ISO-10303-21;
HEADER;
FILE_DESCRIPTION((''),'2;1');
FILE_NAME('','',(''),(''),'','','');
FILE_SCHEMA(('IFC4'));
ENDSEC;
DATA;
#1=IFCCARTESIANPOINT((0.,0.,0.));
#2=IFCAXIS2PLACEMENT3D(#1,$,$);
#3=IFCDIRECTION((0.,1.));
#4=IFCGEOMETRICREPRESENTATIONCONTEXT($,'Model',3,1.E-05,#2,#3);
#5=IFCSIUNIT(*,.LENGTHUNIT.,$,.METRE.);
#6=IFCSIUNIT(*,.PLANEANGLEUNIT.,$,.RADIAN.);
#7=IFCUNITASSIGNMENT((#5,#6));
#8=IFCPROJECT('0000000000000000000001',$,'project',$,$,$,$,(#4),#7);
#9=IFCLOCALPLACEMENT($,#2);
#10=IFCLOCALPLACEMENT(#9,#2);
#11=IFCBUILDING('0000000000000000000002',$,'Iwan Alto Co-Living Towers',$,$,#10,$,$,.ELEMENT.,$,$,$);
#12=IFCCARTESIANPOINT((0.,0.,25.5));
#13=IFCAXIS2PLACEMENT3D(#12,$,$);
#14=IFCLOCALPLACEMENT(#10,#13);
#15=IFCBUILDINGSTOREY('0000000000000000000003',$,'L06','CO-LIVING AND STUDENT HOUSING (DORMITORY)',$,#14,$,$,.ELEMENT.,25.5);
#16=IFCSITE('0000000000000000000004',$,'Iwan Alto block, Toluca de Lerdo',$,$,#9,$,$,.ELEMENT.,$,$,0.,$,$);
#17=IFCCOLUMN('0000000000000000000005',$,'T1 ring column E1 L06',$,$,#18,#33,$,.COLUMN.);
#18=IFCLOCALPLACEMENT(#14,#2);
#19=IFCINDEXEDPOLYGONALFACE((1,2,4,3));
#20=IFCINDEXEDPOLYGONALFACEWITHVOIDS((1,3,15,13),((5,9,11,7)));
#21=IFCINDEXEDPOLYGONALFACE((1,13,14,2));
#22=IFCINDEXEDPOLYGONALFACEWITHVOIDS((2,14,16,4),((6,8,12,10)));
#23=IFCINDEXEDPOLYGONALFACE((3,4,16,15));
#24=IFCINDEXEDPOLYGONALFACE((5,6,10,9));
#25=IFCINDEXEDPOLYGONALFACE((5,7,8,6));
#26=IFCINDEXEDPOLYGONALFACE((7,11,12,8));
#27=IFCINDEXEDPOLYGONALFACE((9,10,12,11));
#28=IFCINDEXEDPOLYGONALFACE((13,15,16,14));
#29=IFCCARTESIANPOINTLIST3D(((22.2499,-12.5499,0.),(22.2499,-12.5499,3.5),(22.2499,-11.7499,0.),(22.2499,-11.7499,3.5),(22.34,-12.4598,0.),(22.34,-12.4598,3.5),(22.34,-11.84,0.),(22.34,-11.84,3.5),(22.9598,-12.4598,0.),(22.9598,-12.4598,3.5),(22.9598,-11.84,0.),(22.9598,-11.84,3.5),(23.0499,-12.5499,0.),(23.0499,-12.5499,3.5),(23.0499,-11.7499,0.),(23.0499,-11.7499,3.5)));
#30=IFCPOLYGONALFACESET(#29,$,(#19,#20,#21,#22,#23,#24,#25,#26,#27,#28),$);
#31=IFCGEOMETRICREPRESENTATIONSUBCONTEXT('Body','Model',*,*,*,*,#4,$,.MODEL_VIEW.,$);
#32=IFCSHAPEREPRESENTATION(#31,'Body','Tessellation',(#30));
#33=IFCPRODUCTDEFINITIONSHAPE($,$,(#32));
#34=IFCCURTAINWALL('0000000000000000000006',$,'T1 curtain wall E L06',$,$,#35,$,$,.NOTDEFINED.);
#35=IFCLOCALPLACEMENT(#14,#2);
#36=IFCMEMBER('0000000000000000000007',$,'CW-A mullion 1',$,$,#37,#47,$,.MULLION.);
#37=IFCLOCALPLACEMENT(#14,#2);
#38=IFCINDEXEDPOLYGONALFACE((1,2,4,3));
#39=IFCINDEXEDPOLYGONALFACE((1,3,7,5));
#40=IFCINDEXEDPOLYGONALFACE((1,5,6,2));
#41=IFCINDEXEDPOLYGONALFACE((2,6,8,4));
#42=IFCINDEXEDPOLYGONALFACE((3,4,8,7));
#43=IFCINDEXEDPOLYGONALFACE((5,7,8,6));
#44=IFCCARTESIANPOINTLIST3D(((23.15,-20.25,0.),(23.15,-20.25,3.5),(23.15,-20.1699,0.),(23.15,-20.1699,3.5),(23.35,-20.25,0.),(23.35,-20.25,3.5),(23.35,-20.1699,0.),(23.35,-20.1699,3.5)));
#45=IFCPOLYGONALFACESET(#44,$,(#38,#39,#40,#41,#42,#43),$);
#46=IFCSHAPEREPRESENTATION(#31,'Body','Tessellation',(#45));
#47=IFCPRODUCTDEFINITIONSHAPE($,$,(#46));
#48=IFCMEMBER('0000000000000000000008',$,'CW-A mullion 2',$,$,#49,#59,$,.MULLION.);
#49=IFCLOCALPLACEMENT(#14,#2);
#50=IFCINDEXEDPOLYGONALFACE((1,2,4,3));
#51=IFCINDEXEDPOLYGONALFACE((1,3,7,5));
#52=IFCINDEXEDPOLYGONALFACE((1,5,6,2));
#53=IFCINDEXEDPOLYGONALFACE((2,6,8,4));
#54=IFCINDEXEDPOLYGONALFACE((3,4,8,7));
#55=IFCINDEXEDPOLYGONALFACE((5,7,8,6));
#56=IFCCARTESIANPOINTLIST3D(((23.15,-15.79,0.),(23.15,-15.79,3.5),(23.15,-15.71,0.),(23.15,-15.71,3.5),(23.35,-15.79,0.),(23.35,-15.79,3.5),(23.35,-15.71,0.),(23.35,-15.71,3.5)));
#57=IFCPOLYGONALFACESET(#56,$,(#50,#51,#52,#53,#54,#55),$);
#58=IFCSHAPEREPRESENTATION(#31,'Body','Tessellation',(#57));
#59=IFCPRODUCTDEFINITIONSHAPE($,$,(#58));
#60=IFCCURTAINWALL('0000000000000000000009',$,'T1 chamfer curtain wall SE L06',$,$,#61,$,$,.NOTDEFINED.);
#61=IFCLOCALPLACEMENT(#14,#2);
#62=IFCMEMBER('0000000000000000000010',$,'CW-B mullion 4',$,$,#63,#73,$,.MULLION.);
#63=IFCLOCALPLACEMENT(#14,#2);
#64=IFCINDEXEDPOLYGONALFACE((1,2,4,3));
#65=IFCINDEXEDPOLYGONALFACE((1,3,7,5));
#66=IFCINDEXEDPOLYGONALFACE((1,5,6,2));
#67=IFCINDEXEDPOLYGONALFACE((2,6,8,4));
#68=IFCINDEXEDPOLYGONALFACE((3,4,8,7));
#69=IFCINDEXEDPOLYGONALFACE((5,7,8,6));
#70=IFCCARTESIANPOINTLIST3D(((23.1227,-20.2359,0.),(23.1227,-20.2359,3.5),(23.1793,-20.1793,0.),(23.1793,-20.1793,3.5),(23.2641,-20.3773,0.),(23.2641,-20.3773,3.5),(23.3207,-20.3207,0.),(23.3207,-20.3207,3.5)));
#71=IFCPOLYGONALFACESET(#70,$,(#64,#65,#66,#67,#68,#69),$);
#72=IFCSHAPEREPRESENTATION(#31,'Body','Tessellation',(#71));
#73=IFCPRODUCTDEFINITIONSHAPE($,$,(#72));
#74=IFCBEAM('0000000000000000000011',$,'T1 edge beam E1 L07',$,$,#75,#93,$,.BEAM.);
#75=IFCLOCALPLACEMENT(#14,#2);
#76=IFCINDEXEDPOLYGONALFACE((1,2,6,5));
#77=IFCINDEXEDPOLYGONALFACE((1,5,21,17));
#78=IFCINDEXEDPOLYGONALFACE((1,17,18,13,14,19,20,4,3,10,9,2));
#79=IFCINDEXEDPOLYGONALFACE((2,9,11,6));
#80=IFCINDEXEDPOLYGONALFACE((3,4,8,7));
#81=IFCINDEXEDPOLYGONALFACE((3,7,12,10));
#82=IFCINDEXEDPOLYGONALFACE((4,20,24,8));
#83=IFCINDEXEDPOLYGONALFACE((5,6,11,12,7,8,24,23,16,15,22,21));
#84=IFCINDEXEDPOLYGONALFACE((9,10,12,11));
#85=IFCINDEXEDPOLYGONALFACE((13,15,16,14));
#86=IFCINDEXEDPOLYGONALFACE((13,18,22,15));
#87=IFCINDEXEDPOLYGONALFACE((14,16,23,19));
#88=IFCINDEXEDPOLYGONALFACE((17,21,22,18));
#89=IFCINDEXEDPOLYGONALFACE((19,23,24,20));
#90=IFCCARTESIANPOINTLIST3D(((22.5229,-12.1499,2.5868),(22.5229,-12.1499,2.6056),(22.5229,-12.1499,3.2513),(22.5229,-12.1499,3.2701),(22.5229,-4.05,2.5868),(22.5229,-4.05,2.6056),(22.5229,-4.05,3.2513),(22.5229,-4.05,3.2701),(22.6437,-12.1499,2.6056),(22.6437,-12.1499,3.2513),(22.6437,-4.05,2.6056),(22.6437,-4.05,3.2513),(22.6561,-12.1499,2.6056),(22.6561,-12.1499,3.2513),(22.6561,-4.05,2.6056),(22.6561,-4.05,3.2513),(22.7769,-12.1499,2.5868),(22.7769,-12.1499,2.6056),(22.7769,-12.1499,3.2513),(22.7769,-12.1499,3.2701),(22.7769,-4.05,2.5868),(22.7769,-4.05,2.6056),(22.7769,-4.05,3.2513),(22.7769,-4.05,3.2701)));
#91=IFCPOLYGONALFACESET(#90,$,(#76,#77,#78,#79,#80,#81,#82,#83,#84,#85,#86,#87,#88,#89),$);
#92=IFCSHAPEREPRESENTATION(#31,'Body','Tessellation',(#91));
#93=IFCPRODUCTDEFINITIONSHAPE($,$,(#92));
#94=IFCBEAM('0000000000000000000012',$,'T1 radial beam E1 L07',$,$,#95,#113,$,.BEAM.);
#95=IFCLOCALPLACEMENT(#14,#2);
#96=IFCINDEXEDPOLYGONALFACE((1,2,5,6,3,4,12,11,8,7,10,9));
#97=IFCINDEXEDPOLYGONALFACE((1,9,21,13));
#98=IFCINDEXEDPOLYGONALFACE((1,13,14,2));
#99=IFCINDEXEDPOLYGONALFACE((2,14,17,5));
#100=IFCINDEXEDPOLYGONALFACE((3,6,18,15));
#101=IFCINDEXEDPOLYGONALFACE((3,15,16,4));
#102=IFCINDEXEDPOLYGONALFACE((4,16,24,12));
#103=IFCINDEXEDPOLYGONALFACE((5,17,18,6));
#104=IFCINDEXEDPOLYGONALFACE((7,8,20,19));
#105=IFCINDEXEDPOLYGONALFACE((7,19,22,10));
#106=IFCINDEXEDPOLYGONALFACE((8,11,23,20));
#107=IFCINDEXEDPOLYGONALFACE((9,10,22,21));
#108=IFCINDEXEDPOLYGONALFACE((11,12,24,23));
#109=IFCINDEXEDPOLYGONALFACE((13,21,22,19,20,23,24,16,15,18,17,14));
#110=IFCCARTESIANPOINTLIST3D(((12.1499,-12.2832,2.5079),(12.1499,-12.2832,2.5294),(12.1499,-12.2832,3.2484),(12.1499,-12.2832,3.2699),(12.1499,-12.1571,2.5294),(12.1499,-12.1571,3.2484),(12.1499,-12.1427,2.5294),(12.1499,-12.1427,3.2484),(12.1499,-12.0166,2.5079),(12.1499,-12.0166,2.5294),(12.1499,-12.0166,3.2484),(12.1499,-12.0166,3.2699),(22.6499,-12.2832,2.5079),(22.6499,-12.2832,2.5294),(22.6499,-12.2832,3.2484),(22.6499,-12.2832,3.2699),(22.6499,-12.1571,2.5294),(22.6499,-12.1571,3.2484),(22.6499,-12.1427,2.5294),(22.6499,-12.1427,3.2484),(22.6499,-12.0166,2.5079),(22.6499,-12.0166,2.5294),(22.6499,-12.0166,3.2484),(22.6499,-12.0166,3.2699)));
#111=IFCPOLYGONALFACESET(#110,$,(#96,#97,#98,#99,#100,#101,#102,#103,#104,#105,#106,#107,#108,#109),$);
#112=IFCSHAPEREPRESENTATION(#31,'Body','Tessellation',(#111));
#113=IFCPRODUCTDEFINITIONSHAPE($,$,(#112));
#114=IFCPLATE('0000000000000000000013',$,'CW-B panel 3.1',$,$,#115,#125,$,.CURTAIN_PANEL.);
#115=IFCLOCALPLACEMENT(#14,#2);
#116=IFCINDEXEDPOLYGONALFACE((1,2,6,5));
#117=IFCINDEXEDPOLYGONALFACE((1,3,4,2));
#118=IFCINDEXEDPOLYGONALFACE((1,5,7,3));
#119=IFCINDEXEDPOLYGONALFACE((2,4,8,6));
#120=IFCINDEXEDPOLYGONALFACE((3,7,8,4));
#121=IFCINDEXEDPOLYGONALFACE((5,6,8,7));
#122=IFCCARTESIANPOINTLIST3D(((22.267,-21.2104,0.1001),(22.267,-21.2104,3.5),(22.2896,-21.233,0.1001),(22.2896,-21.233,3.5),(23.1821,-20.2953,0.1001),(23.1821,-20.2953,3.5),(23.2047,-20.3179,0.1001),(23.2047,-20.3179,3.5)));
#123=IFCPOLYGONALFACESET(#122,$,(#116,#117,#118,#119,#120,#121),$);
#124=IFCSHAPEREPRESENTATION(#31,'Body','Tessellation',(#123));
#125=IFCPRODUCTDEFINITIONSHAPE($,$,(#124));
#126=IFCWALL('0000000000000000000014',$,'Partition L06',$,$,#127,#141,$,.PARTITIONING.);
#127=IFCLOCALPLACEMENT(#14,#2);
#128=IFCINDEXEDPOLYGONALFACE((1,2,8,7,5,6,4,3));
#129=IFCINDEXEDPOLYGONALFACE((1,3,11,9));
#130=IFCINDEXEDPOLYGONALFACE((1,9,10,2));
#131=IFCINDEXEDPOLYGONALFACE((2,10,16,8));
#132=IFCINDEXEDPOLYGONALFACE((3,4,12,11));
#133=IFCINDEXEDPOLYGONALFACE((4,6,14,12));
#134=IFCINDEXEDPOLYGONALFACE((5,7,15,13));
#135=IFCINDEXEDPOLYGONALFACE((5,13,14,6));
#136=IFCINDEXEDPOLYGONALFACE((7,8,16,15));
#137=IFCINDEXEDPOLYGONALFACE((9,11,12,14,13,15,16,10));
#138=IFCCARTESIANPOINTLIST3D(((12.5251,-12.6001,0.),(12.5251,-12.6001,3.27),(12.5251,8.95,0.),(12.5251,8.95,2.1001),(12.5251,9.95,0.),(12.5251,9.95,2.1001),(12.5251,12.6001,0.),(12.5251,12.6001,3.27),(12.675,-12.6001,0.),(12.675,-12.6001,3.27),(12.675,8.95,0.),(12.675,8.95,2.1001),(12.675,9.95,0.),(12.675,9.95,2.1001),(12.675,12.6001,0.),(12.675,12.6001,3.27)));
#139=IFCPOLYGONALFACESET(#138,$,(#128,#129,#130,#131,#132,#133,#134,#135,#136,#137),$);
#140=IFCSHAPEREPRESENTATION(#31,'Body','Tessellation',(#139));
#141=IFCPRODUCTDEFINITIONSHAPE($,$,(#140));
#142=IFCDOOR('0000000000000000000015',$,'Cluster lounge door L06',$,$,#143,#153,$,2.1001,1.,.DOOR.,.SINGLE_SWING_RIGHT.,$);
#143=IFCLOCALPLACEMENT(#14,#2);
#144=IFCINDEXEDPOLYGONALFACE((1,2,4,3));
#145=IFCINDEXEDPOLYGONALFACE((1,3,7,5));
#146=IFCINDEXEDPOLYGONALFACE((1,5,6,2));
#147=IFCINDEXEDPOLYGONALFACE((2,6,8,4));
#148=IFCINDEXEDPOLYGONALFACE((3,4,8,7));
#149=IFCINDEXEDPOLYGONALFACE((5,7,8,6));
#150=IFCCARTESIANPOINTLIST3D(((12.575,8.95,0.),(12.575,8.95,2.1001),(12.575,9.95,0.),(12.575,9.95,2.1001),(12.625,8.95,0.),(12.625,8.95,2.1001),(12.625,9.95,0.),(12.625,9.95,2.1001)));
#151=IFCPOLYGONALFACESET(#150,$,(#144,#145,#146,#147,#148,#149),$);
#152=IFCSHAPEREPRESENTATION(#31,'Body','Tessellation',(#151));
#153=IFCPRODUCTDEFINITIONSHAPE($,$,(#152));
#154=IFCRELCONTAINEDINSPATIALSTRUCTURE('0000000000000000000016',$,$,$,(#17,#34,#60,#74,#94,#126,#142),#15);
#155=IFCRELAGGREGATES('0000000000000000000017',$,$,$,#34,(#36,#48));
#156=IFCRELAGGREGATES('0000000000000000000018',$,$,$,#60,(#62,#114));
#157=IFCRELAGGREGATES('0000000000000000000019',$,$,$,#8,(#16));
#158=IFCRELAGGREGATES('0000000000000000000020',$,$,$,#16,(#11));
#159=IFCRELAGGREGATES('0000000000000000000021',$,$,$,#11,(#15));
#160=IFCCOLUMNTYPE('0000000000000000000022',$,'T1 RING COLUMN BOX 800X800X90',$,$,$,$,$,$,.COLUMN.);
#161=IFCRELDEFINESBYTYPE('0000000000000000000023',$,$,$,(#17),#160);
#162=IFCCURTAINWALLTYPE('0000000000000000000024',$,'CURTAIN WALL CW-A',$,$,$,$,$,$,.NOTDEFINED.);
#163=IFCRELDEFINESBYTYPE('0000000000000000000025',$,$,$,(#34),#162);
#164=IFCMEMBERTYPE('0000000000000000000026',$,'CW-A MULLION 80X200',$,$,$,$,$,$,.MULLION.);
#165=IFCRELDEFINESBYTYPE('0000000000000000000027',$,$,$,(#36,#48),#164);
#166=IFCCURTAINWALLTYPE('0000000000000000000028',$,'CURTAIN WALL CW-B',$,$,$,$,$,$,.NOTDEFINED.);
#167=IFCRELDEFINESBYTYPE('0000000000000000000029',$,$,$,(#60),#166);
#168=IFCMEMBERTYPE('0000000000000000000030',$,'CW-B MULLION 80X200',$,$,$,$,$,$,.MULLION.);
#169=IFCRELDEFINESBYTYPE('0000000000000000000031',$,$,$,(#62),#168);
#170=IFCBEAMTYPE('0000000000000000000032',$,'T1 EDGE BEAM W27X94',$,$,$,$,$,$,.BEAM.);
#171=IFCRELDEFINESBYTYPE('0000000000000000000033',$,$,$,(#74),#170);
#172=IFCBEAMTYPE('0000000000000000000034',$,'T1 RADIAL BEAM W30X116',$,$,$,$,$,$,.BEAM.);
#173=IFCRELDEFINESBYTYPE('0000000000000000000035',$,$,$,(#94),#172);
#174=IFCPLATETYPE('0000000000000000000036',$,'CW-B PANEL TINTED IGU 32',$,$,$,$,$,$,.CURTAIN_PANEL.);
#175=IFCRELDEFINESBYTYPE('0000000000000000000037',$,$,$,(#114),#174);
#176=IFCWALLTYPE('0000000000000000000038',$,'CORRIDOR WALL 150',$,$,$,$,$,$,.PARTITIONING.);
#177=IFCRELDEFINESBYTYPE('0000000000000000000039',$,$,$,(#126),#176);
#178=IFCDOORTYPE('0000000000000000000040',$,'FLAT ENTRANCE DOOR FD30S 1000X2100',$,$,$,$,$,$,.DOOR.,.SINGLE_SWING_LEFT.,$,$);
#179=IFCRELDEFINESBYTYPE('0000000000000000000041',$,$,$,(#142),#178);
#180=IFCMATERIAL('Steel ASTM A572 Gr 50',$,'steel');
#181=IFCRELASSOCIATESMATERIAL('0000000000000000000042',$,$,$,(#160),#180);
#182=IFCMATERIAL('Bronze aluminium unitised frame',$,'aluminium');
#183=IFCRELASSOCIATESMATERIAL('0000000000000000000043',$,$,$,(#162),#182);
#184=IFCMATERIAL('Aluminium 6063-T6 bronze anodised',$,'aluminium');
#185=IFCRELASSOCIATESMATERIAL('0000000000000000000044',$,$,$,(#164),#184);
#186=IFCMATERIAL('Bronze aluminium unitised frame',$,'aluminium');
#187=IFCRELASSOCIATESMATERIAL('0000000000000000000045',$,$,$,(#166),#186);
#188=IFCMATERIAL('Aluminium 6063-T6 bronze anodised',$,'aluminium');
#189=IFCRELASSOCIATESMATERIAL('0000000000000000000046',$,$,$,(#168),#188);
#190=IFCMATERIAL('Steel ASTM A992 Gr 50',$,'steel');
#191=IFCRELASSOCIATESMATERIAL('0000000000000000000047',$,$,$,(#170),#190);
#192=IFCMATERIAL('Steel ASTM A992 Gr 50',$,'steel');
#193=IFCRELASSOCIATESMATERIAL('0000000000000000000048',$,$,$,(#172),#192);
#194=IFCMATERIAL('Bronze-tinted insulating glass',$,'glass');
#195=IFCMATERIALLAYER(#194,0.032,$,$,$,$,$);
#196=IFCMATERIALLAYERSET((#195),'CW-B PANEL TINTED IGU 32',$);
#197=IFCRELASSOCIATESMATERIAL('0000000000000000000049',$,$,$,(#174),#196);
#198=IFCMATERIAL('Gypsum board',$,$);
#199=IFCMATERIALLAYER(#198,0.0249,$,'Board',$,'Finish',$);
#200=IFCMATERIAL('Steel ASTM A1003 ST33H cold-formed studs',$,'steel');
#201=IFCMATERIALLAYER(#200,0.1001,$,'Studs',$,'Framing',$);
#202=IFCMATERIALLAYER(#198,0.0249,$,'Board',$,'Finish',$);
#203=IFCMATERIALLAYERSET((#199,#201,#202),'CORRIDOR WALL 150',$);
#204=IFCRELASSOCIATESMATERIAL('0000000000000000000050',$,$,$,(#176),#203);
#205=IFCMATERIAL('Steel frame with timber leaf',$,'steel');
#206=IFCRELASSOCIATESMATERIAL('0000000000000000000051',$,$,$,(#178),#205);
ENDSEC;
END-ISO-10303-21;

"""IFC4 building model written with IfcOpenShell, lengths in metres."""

from ifc_helpers import new_model, si_unit, direction, frame, frame_2d, origin, origin_2d, place, context, subcontext, project, spatial, rectangle, hollow_rectangle, i_section, extrude, material, layer, layer_set, material_profile, profile_set, type_object, element, fill, aggregate, save


model = new_model("IFC4")

# Units and contexts
model_context = context("Model", 3, precision=1e-05, world=origin(), true_north=direction((0.0, 1.0)))
body_context = subcontext(model_context, "Body", "Model", "MODEL_VIEW")
ifc_project = project(units=[si_unit("LENGTHUNIT", "METRE"), si_unit("PLANEANGLEUNIT", "RADIAN")], contexts=[model_context])

# Site, building, storey
site_placement = place(None, origin())
site = spatial("IfcSite", under=ifc_project, at=site_placement, Name="Iwan Alto block, Toluca de Lerdo", CompositionType="ELEMENT", RefElevation=0.0)
building_placement = place(site_placement, origin())
building = spatial("IfcBuilding", under=site, at=building_placement, Name="Iwan Alto Co-Living Towers", CompositionType="ELEMENT")
storey_placement = place(building_placement, frame((0.0, 0.0, 25.5)))
storey = spatial("IfcBuildingStorey", under=building, at=storey_placement, Name="L06", Description="CO-LIVING AND STUDENT HOUSING (DORMITORY)", CompositionType="ELEMENT", Elevation=25.5)

# Column
ifc_material_1 = material(Name="Steel ASTM A572 Gr 50", Category="steel")
ifc_material_profile_1 = material_profile(ifc_material_1, hollow_rectangle(XDim=0.8, YDim=0.8, WallThickness=0.0901, at=origin_2d()), Name="BOX 800X800X90")
ifc_profile_set_1 = profile_set([ifc_material_profile_1], Name="Steel ASTM A572 Gr 50")
column_type = type_object("IfcColumnType", Name="T1 RING COLUMN BOX 800X800X90", PredefinedType="COLUMN", material=ifc_profile_set_1)
column_placement = place(storey_placement, frame((22.6499, -12.1499, 0.0), z_axis=(0.0, 0.0, 1.0), x_axis=(1.0, 0.0, 0.0)))
element("IfcColumn", 1, at=column_placement, inside=storey, type_object=column_type, Name="T1 ring column E1 L06", PredefinedType="COLUMN", context=body_context, shape_type="SweptSolid", body=[
    extrude(hollow_rectangle(XDim=0.8, YDim=0.8, WallThickness=0.0901, at=origin_2d()), origin(), (0.0, 0.0, 1.0), 3.5),
])

# Curtain wall, members
ifc_material_2 = material(Name="Bronze aluminium unitised frame", Category="aluminium")
curtain_wall_type_1 = type_object("IfcCurtainWallType", Name="CURTAIN WALL CW-A", PredefinedType="NOTDEFINED", material=ifc_material_2)
curtain_wall_1_placement = place(storey_placement, origin())
curtain_wall_1 = element("IfcCurtainWall", 2, at=curtain_wall_1_placement, inside=storey, type_object=curtain_wall_type_1, Name="T1 curtain wall E L06", PredefinedType="NOTDEFINED")
ifc_material_3 = material(Name="Aluminium 6063-T6 bronze anodised", Category="aluminium")
ifc_material_profile_2 = material_profile(ifc_material_3, rectangle(XDim=0.2, YDim=0.0801, at=origin_2d()), Name="AL 80X200")
ifc_profile_set_2 = profile_set([ifc_material_profile_2], Name="Aluminium 6063-T6 bronze anodised")
member_type_1 = type_object("IfcMemberType", Name="CW-A MULLION 80X200", PredefinedType="MULLION", material=ifc_profile_set_2)
member_1_placement = place(storey_placement, frame((23.25, -20.21, 0.0), z_axis=(0.0, 0.0, 1.0), x_axis=(-1.0, 0.0, 0.0)))
member_1 = element("IfcMember", 3, at=member_1_placement, type_object=member_type_1, Name="CW-A mullion 1", PredefinedType="MULLION", context=body_context, shape_type="SweptSolid", body=[
    extrude(rectangle(XDim=0.2, YDim=0.0801, at=origin_2d()), origin(), (0.0, 0.0, 1.0), 3.5),
])
member_2_placement = place(storey_placement, frame((23.25, -15.75, 0.0), z_axis=(0.0, 0.0, 1.0), x_axis=(-1.0, 0.0, 0.0)))
member_2 = element("IfcMember", 4, at=member_2_placement, type_object=member_type_1, Name="CW-A mullion 2", PredefinedType="MULLION", context=body_context, shape_type="SweptSolid", body=[
    extrude(rectangle(XDim=0.2, YDim=0.0801, at=origin_2d()), origin(), (0.0, 0.0, 1.0), 3.5),
])
aggregate(curtain_wall_1, [member_1, member_2])

# Curtain wall, member
ifc_material_4 = material(Name="Bronze aluminium unitised frame", Category="aluminium")
curtain_wall_type_2 = type_object("IfcCurtainWallType", Name="CURTAIN WALL CW-B", PredefinedType="NOTDEFINED", material=ifc_material_4)
curtain_wall_2_placement = place(storey_placement, origin())
curtain_wall_2 = element("IfcCurtainWall", 5, at=curtain_wall_2_placement, inside=storey, type_object=curtain_wall_type_2, Name="T1 chamfer curtain wall SE L06", PredefinedType="NOTDEFINED")
ifc_material_5 = material(Name="Aluminium 6063-T6 bronze anodised", Category="aluminium")
ifc_material_profile_3 = material_profile(ifc_material_5, rectangle(XDim=0.2, YDim=0.0801, at=origin_2d()), Name="AL 80X200")
ifc_profile_set_3 = profile_set([ifc_material_profile_3], Name="Aluminium 6063-T6 bronze anodised")
member_type_2 = type_object("IfcMemberType", Name="CW-B MULLION 80X200", PredefinedType="MULLION", material=ifc_profile_set_3)
member_3_placement = place(storey_placement, frame((23.2217, -20.2783, 0.0), z_axis=(0.0, 0.0, 1.0), x_axis=(-0.707107, 0.707107, 0.0)))
member_3 = element("IfcMember", 6, at=member_3_placement, type_object=member_type_2, Name="CW-B mullion 4", PredefinedType="MULLION", context=body_context, shape_type="SweptSolid", body=[
    extrude(rectangle(XDim=0.2, YDim=0.0801, at=origin_2d()), origin(), (0.0, 0.0, 1.0), 3.5),
])

# Beams
ifc_material_6 = material(Name="Steel ASTM A992 Gr 50", Category="steel")
ifc_material_profile_4 = material_profile(ifc_material_6, i_section(OverallWidth=0.2539, OverallDepth=0.6833, WebThickness=0.0125, FlangeThickness=0.0188, at=origin_2d()), Name="W27X94")
ifc_profile_set_4 = profile_set([ifc_material_profile_4], Name="Steel ASTM A992 Gr 50")
beam_type_1 = type_object("IfcBeamType", Name="T1 EDGE BEAM W27X94", PredefinedType="BEAM", material=ifc_profile_set_4)
beam_1_placement = place(storey_placement, frame((22.6499, -12.1499, 2.9285), z_axis=(0.0, 1.0, 0.0), x_axis=(-1.0, 0.0, 0.0)))
element("IfcBeam", 7, at=beam_1_placement, inside=storey, type_object=beam_type_1, Name="T1 edge beam E1 L07", PredefinedType="BEAM", context=body_context, shape_type="SweptSolid", body=[
    extrude(i_section(OverallWidth=0.2539, OverallDepth=0.6833, WebThickness=0.0125, FlangeThickness=0.0188, at=origin_2d()), origin(), (0.0, 0.0, 1.0), 8.0999),
])
ifc_material_7 = material(Name="Steel ASTM A992 Gr 50", Category="steel")
ifc_material_profile_5 = material_profile(ifc_material_7, i_section(OverallWidth=0.2666, OverallDepth=0.762, WebThickness=0.0144, FlangeThickness=0.0215, at=origin_2d()), Name="W30X116")
ifc_profile_set_5 = profile_set([ifc_material_profile_5], Name="Steel ASTM A992 Gr 50")
beam_type_2 = type_object("IfcBeamType", Name="T1 RADIAL BEAM W30X116", PredefinedType="BEAM", material=ifc_profile_set_5)
beam_2_placement = place(storey_placement, frame((22.6499, -12.1499, 2.8889), z_axis=(-1.0, 0.0, 0.0), x_axis=(0.0, -1.0, 0.0)))
element("IfcBeam", 8, at=beam_2_placement, inside=storey, type_object=beam_type_2, Name="T1 radial beam E1 L07", PredefinedType="BEAM", context=body_context, shape_type="SweptSolid", body=[
    extrude(i_section(OverallWidth=0.2666, OverallDepth=0.762, WebThickness=0.0144, FlangeThickness=0.0215, at=origin_2d()), origin(), (0.0, 0.0, 1.0), 10.5),
])

# Plate
ifc_material_8 = material(Name="Bronze-tinted insulating glass", Category="glass")
ifc_layer_1 = layer(ifc_material_8, 0.032)
ifc_layer_set_1 = layer_set([ifc_layer_1], Name="CW-B PANEL TINTED IGU 32")
plate_type = type_object("IfcPlateType", Name="CW-B PANEL TINTED IGU 32", PredefinedType="CURTAIN_PANEL", material=ifc_layer_set_1)
plate_placement = place(storey_placement, frame((22.7358, -20.7642, 0.1001), z_axis=(0.0, 0.0, 1.0), x_axis=(0.707107, 0.707107, 0.0)))
plate = element("IfcPlate", 9, at=plate_placement, type_object=plate_type, Name="CW-B panel 3.1", PredefinedType="CURTAIN_PANEL", context=body_context, shape_type="SweptSolid", body=[
    extrude(rectangle(XDim=1.2942, YDim=0.032, at=origin_2d()), origin(), (0.0, 0.0, 1.0), 3.3999),
])
aggregate(curtain_wall_2, [member_3, plate])

# Wall, opening, door
ifc_material_9 = material(Name="Gypsum board")
ifc_layer_2 = layer(ifc_material_9, 0.0249, Name="Board", Category="Finish")
ifc_material_10 = material(Name="Steel ASTM A1003 ST33H cold-formed studs", Category="steel")
ifc_layer_3 = layer(ifc_material_10, 0.1001, Name="Studs", Category="Framing")
ifc_layer_4 = layer(ifc_material_9, 0.0249, Name="Board", Category="Finish")
ifc_layer_set_2 = layer_set([ifc_layer_2, ifc_layer_3, ifc_layer_4], Name="CORRIDOR WALL 150")
wall_type_1 = type_object("IfcWallType", Name="CORRIDOR WALL 150", PredefinedType="PARTITIONING", material=ifc_layer_set_2)
wall_1_placement = place(storey_placement, frame((12.6001, -12.6001, 0.0), z_axis=(0.0, 0.0, 1.0), x_axis=(0.0, 1.0, 0.0)))
wall_1 = element("IfcWall", 10, at=wall_1_placement, inside=storey, type_object=wall_type_1, Name="Partition L06", PredefinedType="PARTITIONING", context=body_context, shape_type="SweptSolid", body=[
    extrude(rectangle(XDim=25.2002, YDim=0.1499, at=frame_2d((12.6001, 0.0))), origin(), (0.0, 0.0, 1.0), 3.27),
])
opening_1_placement = place(wall_1_placement, frame((21.55, 0.0, 0.0)))
opening_1 = element("IfcOpeningElement", 11, at=opening_1_placement, cuts=wall_1, PredefinedType="OPENING", context=body_context, shape_type="SweptSolid", body=[
    extrude(rectangle(XDim=1.0, YDim=2.1001, at=frame_2d((0.5, 1.05))), frame((0.0, 0.085, 0.0), z_axis=(0.0, -1.0, 0.0), x_axis=(1.0, 0.0, 0.0)), (0.0, 0.0, 1.0), 0.1699),
])
ifc_material_11 = material(Name="Steel frame with timber leaf", Category="steel")
door_type_1 = type_object("IfcDoorType", Name="FLAT ENTRANCE DOOR FD30S 1000X2100", OperationType="SINGLE_SWING_LEFT", PredefinedType="DOOR", material=ifc_material_11)
door_1_placement = place(opening_1_placement, frame((1.0, 0.0, 0.0), z_axis=(0.0, 0.0, 1.0), x_axis=(-1.0, 0.0, 0.0)))
door_1 = element("IfcDoor", 12, at=door_1_placement, inside=storey, type_object=door_type_1, Name="Cluster lounge door L06", OperationType="SINGLE_SWING_RIGHT", OverallHeight=2.1001, OverallWidth=1.0, PredefinedType="DOOR", context=body_context, shape_type="SweptSolid", body=[
    extrude(rectangle(XDim=1.0, YDim=2.1001, at=frame_2d((0.5, 1.05))), frame((0.0, 0.0249, 0.0), z_axis=(0.0, -1.0, 0.0), x_axis=(1.0, 0.0, 0.0)), (0.0, 0.0, 1.0), 0.05),
])
fill(opening_1, door_1)

save(model, "model.ifc")
